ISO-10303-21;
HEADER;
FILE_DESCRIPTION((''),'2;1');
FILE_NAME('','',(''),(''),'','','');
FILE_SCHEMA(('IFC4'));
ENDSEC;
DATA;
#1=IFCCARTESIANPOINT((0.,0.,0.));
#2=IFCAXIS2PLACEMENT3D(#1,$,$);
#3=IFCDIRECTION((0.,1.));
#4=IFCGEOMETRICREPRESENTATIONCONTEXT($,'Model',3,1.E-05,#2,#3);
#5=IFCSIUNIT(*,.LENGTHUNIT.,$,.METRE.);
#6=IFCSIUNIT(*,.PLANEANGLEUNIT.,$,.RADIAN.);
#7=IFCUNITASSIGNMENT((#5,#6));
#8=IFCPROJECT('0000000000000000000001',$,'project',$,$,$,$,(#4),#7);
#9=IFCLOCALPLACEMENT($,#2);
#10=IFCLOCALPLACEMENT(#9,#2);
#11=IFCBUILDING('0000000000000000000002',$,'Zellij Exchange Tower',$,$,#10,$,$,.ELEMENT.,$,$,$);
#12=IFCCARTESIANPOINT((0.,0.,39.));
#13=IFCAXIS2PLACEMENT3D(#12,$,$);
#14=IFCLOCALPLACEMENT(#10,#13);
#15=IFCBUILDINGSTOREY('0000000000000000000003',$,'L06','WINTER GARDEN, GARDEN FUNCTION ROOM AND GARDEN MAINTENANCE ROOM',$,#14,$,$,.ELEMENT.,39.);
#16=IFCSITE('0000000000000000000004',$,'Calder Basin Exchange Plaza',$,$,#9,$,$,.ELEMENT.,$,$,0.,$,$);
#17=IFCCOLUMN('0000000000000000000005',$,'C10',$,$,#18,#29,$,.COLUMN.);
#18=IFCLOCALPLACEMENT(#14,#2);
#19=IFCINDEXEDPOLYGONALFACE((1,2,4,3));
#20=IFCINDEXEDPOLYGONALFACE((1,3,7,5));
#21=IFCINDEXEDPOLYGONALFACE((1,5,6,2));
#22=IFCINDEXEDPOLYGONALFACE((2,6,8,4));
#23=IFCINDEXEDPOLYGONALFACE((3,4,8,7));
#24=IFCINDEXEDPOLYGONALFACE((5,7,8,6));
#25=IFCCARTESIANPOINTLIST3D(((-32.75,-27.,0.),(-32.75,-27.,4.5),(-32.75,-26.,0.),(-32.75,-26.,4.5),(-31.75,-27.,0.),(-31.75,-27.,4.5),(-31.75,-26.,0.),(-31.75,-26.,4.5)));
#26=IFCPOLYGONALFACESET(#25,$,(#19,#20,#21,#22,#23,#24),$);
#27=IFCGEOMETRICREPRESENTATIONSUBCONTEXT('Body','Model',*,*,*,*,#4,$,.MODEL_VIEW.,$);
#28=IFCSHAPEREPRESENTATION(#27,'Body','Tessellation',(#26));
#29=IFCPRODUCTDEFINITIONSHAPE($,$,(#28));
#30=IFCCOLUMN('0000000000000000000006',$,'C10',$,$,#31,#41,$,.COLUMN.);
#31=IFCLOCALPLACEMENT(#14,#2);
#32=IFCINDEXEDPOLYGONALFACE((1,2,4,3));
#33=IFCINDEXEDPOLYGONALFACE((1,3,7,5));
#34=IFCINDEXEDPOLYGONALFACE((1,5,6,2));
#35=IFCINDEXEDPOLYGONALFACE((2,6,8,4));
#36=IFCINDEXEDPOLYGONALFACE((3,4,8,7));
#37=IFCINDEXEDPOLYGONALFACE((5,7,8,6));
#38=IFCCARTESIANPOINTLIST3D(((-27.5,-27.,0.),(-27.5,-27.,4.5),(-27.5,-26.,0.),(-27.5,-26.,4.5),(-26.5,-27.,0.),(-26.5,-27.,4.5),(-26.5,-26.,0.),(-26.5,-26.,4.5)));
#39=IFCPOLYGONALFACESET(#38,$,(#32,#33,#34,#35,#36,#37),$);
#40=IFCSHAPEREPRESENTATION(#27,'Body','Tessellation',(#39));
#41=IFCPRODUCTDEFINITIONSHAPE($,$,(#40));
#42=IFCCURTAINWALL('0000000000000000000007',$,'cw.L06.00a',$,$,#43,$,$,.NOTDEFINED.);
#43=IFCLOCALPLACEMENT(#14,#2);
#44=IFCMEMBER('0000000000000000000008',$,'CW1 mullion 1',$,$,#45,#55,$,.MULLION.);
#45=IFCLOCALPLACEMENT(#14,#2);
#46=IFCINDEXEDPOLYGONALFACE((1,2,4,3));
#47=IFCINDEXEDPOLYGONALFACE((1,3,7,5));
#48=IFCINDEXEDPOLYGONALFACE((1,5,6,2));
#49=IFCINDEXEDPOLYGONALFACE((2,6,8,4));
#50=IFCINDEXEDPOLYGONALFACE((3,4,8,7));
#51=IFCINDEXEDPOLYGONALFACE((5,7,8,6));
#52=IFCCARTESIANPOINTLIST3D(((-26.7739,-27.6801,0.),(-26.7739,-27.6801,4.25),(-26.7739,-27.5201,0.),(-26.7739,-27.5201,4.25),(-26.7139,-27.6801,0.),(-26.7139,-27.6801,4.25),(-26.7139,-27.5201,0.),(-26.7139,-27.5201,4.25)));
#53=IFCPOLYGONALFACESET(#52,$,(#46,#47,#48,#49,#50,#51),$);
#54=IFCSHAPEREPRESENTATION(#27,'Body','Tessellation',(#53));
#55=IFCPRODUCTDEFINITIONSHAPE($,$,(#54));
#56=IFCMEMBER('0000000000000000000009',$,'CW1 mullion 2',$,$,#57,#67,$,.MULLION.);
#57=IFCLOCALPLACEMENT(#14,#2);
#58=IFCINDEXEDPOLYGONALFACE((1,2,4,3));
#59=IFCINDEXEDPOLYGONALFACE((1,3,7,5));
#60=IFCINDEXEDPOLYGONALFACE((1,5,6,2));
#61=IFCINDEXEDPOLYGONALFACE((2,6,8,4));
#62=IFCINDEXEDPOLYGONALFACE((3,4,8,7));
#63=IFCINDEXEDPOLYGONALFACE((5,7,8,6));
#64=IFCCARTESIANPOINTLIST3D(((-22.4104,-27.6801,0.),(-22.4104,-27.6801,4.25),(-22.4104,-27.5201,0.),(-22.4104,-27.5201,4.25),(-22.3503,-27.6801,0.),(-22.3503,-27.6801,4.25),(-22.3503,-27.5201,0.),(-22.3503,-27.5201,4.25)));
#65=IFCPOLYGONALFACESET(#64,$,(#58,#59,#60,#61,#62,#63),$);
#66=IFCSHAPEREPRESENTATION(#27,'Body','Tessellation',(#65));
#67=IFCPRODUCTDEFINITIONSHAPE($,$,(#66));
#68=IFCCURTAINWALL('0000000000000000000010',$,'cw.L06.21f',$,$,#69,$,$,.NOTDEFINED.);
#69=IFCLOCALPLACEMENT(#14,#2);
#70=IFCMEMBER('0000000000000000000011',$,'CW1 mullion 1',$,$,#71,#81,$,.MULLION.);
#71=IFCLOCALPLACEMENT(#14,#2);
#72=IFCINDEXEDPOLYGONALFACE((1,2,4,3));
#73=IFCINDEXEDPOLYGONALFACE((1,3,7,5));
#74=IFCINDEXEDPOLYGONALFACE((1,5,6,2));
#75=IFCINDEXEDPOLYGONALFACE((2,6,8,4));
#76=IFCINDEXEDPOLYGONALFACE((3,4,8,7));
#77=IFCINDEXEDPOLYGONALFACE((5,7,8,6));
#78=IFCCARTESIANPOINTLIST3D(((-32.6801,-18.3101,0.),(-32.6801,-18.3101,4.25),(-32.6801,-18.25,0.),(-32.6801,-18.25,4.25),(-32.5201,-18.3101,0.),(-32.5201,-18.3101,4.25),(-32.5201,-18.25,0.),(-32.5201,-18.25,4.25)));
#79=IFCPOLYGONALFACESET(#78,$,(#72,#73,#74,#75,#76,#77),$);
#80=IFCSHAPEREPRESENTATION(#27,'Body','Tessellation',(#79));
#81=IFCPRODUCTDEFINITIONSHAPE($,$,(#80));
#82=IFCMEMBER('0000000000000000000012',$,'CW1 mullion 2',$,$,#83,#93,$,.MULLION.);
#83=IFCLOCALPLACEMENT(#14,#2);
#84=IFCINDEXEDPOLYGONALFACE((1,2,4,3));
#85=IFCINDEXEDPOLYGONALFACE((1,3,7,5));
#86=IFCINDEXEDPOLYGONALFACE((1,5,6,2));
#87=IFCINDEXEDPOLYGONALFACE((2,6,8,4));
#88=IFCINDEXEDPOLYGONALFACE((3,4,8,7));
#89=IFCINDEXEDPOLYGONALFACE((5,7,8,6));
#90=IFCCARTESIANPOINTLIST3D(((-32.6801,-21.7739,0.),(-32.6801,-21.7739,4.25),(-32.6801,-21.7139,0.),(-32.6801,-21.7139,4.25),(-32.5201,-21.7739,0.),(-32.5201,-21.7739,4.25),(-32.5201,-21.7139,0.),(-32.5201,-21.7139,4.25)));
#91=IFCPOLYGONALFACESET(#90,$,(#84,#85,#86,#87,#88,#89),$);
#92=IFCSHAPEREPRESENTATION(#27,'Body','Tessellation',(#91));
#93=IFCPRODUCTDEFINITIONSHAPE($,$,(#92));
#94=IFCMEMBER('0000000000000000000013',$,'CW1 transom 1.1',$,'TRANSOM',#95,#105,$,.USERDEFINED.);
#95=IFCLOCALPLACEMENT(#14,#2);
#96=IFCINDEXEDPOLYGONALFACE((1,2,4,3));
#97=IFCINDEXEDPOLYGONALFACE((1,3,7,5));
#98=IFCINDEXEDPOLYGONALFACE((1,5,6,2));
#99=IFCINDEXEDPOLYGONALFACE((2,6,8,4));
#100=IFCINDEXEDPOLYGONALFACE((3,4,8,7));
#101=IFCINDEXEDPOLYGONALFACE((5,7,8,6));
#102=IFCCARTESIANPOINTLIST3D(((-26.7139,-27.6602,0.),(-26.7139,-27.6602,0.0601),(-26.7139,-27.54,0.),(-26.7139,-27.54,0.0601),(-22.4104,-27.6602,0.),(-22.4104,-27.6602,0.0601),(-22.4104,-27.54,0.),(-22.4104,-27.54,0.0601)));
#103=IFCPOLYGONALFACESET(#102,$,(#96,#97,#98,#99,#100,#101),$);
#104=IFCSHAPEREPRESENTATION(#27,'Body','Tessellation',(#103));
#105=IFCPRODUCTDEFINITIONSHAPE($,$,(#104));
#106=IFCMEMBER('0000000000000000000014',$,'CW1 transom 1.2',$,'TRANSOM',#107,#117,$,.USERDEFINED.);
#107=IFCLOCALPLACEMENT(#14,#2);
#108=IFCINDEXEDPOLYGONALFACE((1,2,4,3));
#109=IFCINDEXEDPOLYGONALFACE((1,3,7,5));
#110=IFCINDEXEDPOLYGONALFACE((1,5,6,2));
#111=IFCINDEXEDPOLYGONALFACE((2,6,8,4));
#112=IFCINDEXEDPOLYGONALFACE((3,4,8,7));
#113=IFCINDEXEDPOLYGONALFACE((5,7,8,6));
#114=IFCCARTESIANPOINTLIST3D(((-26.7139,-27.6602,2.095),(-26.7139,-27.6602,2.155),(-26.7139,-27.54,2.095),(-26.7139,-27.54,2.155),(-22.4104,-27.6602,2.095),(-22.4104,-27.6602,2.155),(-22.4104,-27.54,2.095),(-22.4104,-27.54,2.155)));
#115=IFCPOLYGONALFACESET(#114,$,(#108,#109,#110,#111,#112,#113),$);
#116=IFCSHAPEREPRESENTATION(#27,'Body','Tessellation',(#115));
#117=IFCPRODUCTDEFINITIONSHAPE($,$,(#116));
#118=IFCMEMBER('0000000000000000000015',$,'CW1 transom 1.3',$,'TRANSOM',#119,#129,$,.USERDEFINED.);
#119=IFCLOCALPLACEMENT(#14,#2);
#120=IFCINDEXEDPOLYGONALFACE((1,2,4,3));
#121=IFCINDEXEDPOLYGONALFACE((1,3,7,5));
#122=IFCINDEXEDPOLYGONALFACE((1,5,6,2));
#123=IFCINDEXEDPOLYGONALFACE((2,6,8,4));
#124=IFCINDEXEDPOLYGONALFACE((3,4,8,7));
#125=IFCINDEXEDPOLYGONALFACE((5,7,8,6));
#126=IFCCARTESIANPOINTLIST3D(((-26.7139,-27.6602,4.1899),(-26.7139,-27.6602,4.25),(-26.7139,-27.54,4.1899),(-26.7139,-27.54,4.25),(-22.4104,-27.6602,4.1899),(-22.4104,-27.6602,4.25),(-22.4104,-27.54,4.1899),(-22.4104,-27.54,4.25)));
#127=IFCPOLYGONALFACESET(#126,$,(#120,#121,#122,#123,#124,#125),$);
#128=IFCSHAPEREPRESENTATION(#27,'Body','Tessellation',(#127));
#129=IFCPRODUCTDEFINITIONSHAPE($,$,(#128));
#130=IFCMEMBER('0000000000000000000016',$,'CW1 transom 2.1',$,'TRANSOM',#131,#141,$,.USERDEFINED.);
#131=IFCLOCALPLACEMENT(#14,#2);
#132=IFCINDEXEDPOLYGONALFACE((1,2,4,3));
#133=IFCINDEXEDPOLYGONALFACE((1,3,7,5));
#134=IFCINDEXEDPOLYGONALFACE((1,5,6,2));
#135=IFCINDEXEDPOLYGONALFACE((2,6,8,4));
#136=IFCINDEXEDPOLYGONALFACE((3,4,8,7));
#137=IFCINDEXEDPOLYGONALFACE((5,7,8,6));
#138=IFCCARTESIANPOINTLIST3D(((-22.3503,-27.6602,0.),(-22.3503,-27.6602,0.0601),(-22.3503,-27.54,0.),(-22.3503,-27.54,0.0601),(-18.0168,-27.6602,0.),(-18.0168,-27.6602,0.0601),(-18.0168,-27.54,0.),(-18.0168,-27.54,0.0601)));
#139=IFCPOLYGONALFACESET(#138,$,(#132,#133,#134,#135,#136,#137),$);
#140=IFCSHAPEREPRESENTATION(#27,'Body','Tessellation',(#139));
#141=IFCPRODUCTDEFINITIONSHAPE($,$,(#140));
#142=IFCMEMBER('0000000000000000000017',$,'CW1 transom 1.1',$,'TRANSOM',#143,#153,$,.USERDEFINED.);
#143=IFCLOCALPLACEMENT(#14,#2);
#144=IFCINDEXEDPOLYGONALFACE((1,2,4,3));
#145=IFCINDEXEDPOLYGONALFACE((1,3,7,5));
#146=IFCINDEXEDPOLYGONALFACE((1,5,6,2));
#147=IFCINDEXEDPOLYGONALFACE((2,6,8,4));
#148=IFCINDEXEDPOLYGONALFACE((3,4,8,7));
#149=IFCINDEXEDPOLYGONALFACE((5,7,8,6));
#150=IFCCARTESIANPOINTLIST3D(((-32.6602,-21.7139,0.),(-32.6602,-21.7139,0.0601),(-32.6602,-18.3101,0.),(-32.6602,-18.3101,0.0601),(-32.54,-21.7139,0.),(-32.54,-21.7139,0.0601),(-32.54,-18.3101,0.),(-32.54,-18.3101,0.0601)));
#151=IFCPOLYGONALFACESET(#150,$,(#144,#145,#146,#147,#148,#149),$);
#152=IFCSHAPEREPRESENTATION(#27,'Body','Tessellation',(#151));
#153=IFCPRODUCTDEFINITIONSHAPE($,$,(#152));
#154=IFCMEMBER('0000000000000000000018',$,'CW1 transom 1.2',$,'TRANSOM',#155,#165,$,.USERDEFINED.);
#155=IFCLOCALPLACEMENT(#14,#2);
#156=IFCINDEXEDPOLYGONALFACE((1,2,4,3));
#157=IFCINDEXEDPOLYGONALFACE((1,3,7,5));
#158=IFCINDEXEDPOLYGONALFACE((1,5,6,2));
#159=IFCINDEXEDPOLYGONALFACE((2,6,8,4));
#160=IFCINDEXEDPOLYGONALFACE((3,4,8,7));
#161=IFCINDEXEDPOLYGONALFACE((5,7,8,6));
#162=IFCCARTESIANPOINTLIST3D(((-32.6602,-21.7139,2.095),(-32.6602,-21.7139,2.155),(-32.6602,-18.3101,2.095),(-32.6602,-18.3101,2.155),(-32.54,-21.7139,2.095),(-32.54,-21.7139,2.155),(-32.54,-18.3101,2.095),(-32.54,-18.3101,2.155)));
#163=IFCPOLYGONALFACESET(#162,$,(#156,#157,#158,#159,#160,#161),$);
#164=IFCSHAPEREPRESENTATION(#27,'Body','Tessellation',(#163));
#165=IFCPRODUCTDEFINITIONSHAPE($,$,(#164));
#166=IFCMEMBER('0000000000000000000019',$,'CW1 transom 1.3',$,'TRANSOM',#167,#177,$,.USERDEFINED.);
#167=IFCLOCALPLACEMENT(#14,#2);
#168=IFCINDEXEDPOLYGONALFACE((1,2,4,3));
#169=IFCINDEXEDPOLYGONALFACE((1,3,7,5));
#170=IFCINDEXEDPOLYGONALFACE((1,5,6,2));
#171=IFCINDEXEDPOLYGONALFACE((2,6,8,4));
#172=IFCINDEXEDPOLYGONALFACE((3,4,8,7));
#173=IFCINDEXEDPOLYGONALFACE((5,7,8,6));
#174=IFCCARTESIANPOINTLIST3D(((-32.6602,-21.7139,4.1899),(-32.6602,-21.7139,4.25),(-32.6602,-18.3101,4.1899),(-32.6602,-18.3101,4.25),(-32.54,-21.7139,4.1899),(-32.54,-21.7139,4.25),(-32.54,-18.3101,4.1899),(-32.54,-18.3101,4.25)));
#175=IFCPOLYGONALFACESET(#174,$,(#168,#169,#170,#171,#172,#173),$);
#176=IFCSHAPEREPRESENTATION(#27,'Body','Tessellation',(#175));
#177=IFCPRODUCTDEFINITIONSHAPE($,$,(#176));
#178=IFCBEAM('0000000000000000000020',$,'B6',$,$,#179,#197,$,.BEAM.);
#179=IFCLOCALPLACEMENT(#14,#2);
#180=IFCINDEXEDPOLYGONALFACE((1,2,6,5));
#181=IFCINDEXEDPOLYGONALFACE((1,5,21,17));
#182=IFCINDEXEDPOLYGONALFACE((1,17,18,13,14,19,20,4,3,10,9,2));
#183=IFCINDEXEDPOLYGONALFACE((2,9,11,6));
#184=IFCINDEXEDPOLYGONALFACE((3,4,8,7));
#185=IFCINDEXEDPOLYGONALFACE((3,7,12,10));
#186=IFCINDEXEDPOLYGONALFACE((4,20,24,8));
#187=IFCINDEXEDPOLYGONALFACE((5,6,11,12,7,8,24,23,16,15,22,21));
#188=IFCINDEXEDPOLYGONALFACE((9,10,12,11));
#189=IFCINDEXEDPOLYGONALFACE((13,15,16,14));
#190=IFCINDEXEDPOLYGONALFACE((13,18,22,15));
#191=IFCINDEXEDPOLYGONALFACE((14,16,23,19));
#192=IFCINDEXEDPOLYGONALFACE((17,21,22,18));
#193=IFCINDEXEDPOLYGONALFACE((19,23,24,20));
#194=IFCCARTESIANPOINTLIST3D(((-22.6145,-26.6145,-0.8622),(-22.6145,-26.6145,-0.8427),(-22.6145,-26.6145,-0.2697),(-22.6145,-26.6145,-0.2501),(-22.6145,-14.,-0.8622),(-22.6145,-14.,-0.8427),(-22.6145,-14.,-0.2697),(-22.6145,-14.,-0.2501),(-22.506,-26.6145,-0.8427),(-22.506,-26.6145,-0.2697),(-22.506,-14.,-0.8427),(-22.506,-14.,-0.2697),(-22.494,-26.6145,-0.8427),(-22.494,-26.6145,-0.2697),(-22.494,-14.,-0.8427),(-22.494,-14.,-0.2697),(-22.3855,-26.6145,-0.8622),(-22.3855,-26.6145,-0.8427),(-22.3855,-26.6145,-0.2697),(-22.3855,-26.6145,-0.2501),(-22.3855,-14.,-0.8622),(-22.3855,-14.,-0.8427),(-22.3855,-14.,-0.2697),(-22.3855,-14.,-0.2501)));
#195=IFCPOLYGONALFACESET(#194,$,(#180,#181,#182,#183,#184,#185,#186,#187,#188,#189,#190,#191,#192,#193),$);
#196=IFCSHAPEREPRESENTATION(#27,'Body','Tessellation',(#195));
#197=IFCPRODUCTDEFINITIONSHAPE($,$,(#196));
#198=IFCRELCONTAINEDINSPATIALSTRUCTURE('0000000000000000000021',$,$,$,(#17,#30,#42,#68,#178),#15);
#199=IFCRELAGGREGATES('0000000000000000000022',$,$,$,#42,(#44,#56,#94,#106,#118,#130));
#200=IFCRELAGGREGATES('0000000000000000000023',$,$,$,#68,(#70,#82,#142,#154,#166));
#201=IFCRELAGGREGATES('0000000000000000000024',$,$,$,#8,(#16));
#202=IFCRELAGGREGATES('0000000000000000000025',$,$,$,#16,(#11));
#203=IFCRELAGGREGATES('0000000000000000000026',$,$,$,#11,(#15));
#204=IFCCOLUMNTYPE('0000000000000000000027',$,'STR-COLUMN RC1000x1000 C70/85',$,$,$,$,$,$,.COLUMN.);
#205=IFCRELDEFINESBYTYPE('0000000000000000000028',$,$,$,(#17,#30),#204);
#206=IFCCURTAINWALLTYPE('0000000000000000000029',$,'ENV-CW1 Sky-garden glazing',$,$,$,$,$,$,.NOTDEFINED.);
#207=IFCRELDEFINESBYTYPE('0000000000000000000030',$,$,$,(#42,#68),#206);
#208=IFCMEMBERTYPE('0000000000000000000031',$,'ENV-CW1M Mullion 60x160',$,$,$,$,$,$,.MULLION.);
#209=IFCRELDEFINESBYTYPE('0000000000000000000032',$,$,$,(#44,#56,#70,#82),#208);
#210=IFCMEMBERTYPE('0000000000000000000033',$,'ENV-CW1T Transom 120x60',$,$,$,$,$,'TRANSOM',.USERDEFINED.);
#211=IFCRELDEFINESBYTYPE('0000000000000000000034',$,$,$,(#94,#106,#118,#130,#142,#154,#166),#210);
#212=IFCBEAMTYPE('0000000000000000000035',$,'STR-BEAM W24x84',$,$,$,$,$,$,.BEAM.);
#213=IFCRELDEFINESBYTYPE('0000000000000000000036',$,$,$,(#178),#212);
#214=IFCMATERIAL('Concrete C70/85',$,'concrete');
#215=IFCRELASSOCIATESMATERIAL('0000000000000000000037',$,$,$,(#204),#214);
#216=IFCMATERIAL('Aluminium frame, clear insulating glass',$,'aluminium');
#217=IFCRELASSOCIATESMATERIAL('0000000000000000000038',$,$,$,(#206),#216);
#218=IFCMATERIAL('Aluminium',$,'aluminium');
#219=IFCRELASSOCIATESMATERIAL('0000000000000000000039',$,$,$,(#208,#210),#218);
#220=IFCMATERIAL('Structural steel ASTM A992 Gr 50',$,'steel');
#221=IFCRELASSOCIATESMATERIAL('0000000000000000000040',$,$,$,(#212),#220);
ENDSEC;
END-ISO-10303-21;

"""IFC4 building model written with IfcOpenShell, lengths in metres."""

from ifc_helpers import new_model, si_unit, direction, frame, origin, origin_2d, place, context, subcontext, project, spatial, rectangle, i_section, extrude, material, material_profile, profile_set, type_object, element, aggregate, save


model = new_model("IFC4")

# Units and contexts
model_context = context("Model", 3, precision=1e-05, world=origin(), true_north=direction((0.0, 1.0)))
body_context = subcontext(model_context, "Body", "Model", "MODEL_VIEW")
ifc_project = project(units=[si_unit("LENGTHUNIT", "METRE"), si_unit("PLANEANGLEUNIT", "RADIAN")], contexts=[model_context])

# Site, building, storey
site_placement = place(None, origin())
site = spatial("IfcSite", under=ifc_project, at=site_placement, Name="Calder Basin Exchange Plaza", CompositionType="ELEMENT", RefElevation=0.0)
building_placement = place(site_placement, origin())
building = spatial("IfcBuilding", under=site, at=building_placement, Name="Zellij Exchange Tower", CompositionType="ELEMENT")
storey_placement = place(building_placement, frame((0.0, 0.0, 39.0)))
storey = spatial("IfcBuildingStorey", under=building, at=storey_placement, Name="L06", Description="WINTER GARDEN, GARDEN FUNCTION ROOM AND GARDEN MAINTENANCE ROOM", CompositionType="ELEMENT", Elevation=39.0)

# Columns
ifc_material_1 = material(Name="Concrete C70/85", Category="concrete")
ifc_material_profile_1 = material_profile(ifc_material_1, rectangle(XDim=1.0, YDim=1.0, at=origin_2d()), Name="STR-COLUMN RC1000x1000 C70/85")
ifc_profile_set_1 = profile_set([ifc_material_profile_1], Name="Concrete C70/85")
column_type = type_object("IfcColumnType", Name="STR-COLUMN RC1000x1000 C70/85", PredefinedType="COLUMN", material=ifc_profile_set_1)
for number, where, z_axis, x_axis, name in (
    (1, (-32.25, -26.5, 0.0), (0.0, 0.0, 1.0), (1.0, 0.0, 0.0), "C10"),
    (2, (-27.0, -26.5, 0.0), (0.0, 0.0, 1.0), (1.0, 0.0, 0.0), "C10"),
):
    element("IfcColumn", number, at=place(storey_placement, frame(where, z_axis=z_axis, x_axis=x_axis)), inside=storey, type_object=column_type, Name=name, PredefinedType="COLUMN", context=body_context, shape_type="SweptSolid", body=[
        extrude(rectangle(XDim=1.0, YDim=1.0, at=origin_2d()), origin(), (0.0, 0.0, 1.0), 4.5),
    ])

# Curtain walls, members
ifc_material_2 = material(Name="Aluminium frame, clear insulating glass", Category="aluminium")
curtain_wall_type = type_object("IfcCurtainWallType", Name="ENV-CW1 Sky-garden glazing", PredefinedType="NOTDEFINED", material=ifc_material_2)
curtain_wall_1_placement = place(storey_placement, origin())
curtain_wall_1 = element("IfcCurtainWall", 3, at=curtain_wall_1_placement, inside=storey, type_object=curtain_wall_type, Name="cw.L06.00a", PredefinedType="NOTDEFINED")
ifc_material_3 = material(Name="Aluminium", Category="aluminium")
ifc_material_profile_2 = material_profile(ifc_material_3, rectangle(XDim=0.0601, YDim=0.1599, at=origin_2d()), Name="AL 60x160")
ifc_profile_set_2 = profile_set([ifc_material_profile_2], Name="Aluminium")
member_type_1 = type_object("IfcMemberType", Name="ENV-CW1M Mullion 60x160", PredefinedType="MULLION", material=ifc_profile_set_2)
member_1_placement = place(storey_placement, frame((-26.7439, -27.6001, 0.0), z_axis=(0.0, 0.0, 1.0), x_axis=(1.0, 0.0, 0.0)))
member_1 = element("IfcMember", 4, at=member_1_placement, type_object=member_type_1, Name="CW1 mullion 1", PredefinedType="MULLION", context=body_context, shape_type="SweptSolid", body=[
    extrude(rectangle(XDim=0.0601, YDim=0.1599, at=origin_2d()), origin(), (0.0, 0.0, 1.0), 4.25),
])
member_2_placement = place(storey_placement, frame((-22.3804, -27.6001, 0.0), z_axis=(0.0, 0.0, 1.0), x_axis=(1.0, 0.0, 0.0)))
member_2 = element("IfcMember", 5, at=member_2_placement, type_object=member_type_1, Name="CW1 mullion 2", PredefinedType="MULLION", context=body_context, shape_type="SweptSolid", body=[
    extrude(rectangle(XDim=0.0601, YDim=0.1599, at=origin_2d()), origin(), (0.0, 0.0, 1.0), 4.25),
])
curtain_wall_2_placement = place(storey_placement, origin())
curtain_wall_2 = element("IfcCurtainWall", 6, at=curtain_wall_2_placement, inside=storey, type_object=curtain_wall_type, Name="cw.L06.21f", PredefinedType="NOTDEFINED")
member_3_placement = place(storey_placement, frame((-32.6001, -18.28, 0.0), z_axis=(0.0, 0.0, 1.0), x_axis=(0.0, -1.0, 0.0)))
member_3 = element("IfcMember", 7, at=member_3_placement, type_object=member_type_1, Name="CW1 mullion 1", PredefinedType="MULLION", context=body_context, shape_type="SweptSolid", body=[
    extrude(rectangle(XDim=0.0601, YDim=0.1599, at=origin_2d()), origin(), (0.0, 0.0, 1.0), 4.25),
])
member_4_placement = place(storey_placement, frame((-32.6001, -21.7439, 0.0), z_axis=(0.0, 0.0, 1.0), x_axis=(0.0, -1.0, 0.0)))
member_4 = element("IfcMember", 8, at=member_4_placement, type_object=member_type_1, Name="CW1 mullion 2", PredefinedType="MULLION", context=body_context, shape_type="SweptSolid", body=[
    extrude(rectangle(XDim=0.0601, YDim=0.1599, at=origin_2d()), origin(), (0.0, 0.0, 1.0), 4.25),
])

# Members
ifc_material_profile_3 = material_profile(ifc_material_3, rectangle(XDim=0.1201, YDim=0.0601, at=origin_2d()), Name="AL 120x60")
ifc_profile_set_3 = profile_set([ifc_material_profile_3], Name="Aluminium")
member_type_2 = type_object("IfcMemberType", Name="ENV-CW1T Transom 120x60", ElementType="TRANSOM", PredefinedType="USERDEFINED", material=ifc_profile_set_3)
member_5_placement = place(storey_placement, frame((-26.7139, -27.6001, 0.03), z_axis=(1.0, 0.0, 0.0), x_axis=(0.0, 1.0, 0.0)))
member_5 = element("IfcMember", 9, at=member_5_placement, type_object=member_type_2, Name="CW1 transom 1.1", ObjectType="TRANSOM", PredefinedType="USERDEFINED", context=body_context, shape_type="SweptSolid", body=[
    extrude(rectangle(XDim=0.1201, YDim=0.0601, at=origin_2d()), origin(), (0.0, 0.0, 1.0), 4.3035),
])
member_6_placement = place(storey_placement, frame((-26.7139, -27.6001, 2.125), z_axis=(1.0, 0.0, 0.0), x_axis=(0.0, 1.0, 0.0)))
member_6 = element("IfcMember", 10, at=member_6_placement, type_object=member_type_2, Name="CW1 transom 1.2", ObjectType="TRANSOM", PredefinedType="USERDEFINED", context=body_context, shape_type="SweptSolid", body=[
    extrude(rectangle(XDim=0.1201, YDim=0.0601, at=origin_2d()), origin(), (0.0, 0.0, 1.0), 4.3035),
])
member_7_placement = place(storey_placement, frame((-26.7139, -27.6001, 4.22), z_axis=(1.0, 0.0, 0.0), x_axis=(0.0, 1.0, 0.0)))
member_7 = element("IfcMember", 11, at=member_7_placement, type_object=member_type_2, Name="CW1 transom 1.3", ObjectType="TRANSOM", PredefinedType="USERDEFINED", context=body_context, shape_type="SweptSolid", body=[
    extrude(rectangle(XDim=0.1201, YDim=0.0601, at=origin_2d()), origin(), (0.0, 0.0, 1.0), 4.3035),
])
member_8_placement = place(storey_placement, frame((-22.3503, -27.6001, 0.03), z_axis=(1.0, 0.0, 0.0), x_axis=(0.0, 1.0, 0.0)))
member_8 = element("IfcMember", 12, at=member_8_placement, type_object=member_type_2, Name="CW1 transom 2.1", ObjectType="TRANSOM", PredefinedType="USERDEFINED", context=body_context, shape_type="SweptSolid", body=[
    extrude(rectangle(XDim=0.1201, YDim=0.0601, at=origin_2d()), origin(), (0.0, 0.0, 1.0), 4.3335),
])
member_9_placement = place(storey_placement, frame((-32.6001, -18.3101, 0.03), z_axis=(0.0, -1.0, 0.0), x_axis=(1.0, 0.0, 0.0)))
member_9 = element("IfcMember", 13, at=member_9_placement, type_object=member_type_2, Name="CW1 transom 1.1", ObjectType="TRANSOM", PredefinedType="USERDEFINED", context=body_context, shape_type="SweptSolid", body=[
    extrude(rectangle(XDim=0.1201, YDim=0.0601, at=origin_2d()), origin(), (0.0, 0.0, 1.0), 3.4038),
])
member_10_placement = place(storey_placement, frame((-32.6001, -18.3101, 2.125), z_axis=(0.0, -1.0, 0.0), x_axis=(1.0, 0.0, 0.0)))
member_10 = element("IfcMember", 14, at=member_10_placement, type_object=member_type_2, Name="CW1 transom 1.2", ObjectType="TRANSOM", PredefinedType="USERDEFINED", context=body_context, shape_type="SweptSolid", body=[
    extrude(rectangle(XDim=0.1201, YDim=0.0601, at=origin_2d()), origin(), (0.0, 0.0, 1.0), 3.4038),
])
member_11_placement = place(storey_placement, frame((-32.6001, -18.3101, 4.22), z_axis=(0.0, -1.0, 0.0), x_axis=(1.0, 0.0, 0.0)))
member_11 = element("IfcMember", 15, at=member_11_placement, type_object=member_type_2, Name="CW1 transom 1.3", ObjectType="TRANSOM", PredefinedType="USERDEFINED", context=body_context, shape_type="SweptSolid", body=[
    extrude(rectangle(XDim=0.1201, YDim=0.0601, at=origin_2d()), origin(), (0.0, 0.0, 1.0), 3.4038),
])

# Beam
ifc_material_4 = material(Name="Structural steel ASTM A992 Gr 50", Category="steel")
ifc_material_profile_4 = material_profile(ifc_material_4, i_section(OverallWidth=0.229, OverallDepth=0.6121, WebThickness=0.012, FlangeThickness=0.0195, at=origin_2d()), Name="W24x84")
ifc_profile_set_4 = profile_set([ifc_material_profile_4], Name="Structural steel ASTM A992 Gr 50")
beam_type_1 = type_object("IfcBeamType", Name="STR-BEAM W24x84", PredefinedType="BEAM", material=ifc_profile_set_4)
beam_1_placement = place(storey_placement, frame((-22.5, -26.6145, -0.5562), z_axis=(0.0, 1.0, 0.0), x_axis=(-1.0, 0.0, 0.0)))
element("IfcBeam", 16, at=beam_1_placement, inside=storey, type_object=beam_type_1, Name="B6", PredefinedType="BEAM", context=body_context, shape_type="SweptSolid", body=[
    extrude(i_section(OverallWidth=0.229, OverallDepth=0.6121, WebThickness=0.012, FlangeThickness=0.0195, at=origin_2d()), origin(), (0.0, 0.0, 1.0), 12.6145),
])

aggregate(curtain_wall_1, [member_1, member_2, member_5, member_6, member_7, member_8])
aggregate(curtain_wall_2, [member_3, member_4, member_9, member_10, member_11])

save(model, "model.ifc")
